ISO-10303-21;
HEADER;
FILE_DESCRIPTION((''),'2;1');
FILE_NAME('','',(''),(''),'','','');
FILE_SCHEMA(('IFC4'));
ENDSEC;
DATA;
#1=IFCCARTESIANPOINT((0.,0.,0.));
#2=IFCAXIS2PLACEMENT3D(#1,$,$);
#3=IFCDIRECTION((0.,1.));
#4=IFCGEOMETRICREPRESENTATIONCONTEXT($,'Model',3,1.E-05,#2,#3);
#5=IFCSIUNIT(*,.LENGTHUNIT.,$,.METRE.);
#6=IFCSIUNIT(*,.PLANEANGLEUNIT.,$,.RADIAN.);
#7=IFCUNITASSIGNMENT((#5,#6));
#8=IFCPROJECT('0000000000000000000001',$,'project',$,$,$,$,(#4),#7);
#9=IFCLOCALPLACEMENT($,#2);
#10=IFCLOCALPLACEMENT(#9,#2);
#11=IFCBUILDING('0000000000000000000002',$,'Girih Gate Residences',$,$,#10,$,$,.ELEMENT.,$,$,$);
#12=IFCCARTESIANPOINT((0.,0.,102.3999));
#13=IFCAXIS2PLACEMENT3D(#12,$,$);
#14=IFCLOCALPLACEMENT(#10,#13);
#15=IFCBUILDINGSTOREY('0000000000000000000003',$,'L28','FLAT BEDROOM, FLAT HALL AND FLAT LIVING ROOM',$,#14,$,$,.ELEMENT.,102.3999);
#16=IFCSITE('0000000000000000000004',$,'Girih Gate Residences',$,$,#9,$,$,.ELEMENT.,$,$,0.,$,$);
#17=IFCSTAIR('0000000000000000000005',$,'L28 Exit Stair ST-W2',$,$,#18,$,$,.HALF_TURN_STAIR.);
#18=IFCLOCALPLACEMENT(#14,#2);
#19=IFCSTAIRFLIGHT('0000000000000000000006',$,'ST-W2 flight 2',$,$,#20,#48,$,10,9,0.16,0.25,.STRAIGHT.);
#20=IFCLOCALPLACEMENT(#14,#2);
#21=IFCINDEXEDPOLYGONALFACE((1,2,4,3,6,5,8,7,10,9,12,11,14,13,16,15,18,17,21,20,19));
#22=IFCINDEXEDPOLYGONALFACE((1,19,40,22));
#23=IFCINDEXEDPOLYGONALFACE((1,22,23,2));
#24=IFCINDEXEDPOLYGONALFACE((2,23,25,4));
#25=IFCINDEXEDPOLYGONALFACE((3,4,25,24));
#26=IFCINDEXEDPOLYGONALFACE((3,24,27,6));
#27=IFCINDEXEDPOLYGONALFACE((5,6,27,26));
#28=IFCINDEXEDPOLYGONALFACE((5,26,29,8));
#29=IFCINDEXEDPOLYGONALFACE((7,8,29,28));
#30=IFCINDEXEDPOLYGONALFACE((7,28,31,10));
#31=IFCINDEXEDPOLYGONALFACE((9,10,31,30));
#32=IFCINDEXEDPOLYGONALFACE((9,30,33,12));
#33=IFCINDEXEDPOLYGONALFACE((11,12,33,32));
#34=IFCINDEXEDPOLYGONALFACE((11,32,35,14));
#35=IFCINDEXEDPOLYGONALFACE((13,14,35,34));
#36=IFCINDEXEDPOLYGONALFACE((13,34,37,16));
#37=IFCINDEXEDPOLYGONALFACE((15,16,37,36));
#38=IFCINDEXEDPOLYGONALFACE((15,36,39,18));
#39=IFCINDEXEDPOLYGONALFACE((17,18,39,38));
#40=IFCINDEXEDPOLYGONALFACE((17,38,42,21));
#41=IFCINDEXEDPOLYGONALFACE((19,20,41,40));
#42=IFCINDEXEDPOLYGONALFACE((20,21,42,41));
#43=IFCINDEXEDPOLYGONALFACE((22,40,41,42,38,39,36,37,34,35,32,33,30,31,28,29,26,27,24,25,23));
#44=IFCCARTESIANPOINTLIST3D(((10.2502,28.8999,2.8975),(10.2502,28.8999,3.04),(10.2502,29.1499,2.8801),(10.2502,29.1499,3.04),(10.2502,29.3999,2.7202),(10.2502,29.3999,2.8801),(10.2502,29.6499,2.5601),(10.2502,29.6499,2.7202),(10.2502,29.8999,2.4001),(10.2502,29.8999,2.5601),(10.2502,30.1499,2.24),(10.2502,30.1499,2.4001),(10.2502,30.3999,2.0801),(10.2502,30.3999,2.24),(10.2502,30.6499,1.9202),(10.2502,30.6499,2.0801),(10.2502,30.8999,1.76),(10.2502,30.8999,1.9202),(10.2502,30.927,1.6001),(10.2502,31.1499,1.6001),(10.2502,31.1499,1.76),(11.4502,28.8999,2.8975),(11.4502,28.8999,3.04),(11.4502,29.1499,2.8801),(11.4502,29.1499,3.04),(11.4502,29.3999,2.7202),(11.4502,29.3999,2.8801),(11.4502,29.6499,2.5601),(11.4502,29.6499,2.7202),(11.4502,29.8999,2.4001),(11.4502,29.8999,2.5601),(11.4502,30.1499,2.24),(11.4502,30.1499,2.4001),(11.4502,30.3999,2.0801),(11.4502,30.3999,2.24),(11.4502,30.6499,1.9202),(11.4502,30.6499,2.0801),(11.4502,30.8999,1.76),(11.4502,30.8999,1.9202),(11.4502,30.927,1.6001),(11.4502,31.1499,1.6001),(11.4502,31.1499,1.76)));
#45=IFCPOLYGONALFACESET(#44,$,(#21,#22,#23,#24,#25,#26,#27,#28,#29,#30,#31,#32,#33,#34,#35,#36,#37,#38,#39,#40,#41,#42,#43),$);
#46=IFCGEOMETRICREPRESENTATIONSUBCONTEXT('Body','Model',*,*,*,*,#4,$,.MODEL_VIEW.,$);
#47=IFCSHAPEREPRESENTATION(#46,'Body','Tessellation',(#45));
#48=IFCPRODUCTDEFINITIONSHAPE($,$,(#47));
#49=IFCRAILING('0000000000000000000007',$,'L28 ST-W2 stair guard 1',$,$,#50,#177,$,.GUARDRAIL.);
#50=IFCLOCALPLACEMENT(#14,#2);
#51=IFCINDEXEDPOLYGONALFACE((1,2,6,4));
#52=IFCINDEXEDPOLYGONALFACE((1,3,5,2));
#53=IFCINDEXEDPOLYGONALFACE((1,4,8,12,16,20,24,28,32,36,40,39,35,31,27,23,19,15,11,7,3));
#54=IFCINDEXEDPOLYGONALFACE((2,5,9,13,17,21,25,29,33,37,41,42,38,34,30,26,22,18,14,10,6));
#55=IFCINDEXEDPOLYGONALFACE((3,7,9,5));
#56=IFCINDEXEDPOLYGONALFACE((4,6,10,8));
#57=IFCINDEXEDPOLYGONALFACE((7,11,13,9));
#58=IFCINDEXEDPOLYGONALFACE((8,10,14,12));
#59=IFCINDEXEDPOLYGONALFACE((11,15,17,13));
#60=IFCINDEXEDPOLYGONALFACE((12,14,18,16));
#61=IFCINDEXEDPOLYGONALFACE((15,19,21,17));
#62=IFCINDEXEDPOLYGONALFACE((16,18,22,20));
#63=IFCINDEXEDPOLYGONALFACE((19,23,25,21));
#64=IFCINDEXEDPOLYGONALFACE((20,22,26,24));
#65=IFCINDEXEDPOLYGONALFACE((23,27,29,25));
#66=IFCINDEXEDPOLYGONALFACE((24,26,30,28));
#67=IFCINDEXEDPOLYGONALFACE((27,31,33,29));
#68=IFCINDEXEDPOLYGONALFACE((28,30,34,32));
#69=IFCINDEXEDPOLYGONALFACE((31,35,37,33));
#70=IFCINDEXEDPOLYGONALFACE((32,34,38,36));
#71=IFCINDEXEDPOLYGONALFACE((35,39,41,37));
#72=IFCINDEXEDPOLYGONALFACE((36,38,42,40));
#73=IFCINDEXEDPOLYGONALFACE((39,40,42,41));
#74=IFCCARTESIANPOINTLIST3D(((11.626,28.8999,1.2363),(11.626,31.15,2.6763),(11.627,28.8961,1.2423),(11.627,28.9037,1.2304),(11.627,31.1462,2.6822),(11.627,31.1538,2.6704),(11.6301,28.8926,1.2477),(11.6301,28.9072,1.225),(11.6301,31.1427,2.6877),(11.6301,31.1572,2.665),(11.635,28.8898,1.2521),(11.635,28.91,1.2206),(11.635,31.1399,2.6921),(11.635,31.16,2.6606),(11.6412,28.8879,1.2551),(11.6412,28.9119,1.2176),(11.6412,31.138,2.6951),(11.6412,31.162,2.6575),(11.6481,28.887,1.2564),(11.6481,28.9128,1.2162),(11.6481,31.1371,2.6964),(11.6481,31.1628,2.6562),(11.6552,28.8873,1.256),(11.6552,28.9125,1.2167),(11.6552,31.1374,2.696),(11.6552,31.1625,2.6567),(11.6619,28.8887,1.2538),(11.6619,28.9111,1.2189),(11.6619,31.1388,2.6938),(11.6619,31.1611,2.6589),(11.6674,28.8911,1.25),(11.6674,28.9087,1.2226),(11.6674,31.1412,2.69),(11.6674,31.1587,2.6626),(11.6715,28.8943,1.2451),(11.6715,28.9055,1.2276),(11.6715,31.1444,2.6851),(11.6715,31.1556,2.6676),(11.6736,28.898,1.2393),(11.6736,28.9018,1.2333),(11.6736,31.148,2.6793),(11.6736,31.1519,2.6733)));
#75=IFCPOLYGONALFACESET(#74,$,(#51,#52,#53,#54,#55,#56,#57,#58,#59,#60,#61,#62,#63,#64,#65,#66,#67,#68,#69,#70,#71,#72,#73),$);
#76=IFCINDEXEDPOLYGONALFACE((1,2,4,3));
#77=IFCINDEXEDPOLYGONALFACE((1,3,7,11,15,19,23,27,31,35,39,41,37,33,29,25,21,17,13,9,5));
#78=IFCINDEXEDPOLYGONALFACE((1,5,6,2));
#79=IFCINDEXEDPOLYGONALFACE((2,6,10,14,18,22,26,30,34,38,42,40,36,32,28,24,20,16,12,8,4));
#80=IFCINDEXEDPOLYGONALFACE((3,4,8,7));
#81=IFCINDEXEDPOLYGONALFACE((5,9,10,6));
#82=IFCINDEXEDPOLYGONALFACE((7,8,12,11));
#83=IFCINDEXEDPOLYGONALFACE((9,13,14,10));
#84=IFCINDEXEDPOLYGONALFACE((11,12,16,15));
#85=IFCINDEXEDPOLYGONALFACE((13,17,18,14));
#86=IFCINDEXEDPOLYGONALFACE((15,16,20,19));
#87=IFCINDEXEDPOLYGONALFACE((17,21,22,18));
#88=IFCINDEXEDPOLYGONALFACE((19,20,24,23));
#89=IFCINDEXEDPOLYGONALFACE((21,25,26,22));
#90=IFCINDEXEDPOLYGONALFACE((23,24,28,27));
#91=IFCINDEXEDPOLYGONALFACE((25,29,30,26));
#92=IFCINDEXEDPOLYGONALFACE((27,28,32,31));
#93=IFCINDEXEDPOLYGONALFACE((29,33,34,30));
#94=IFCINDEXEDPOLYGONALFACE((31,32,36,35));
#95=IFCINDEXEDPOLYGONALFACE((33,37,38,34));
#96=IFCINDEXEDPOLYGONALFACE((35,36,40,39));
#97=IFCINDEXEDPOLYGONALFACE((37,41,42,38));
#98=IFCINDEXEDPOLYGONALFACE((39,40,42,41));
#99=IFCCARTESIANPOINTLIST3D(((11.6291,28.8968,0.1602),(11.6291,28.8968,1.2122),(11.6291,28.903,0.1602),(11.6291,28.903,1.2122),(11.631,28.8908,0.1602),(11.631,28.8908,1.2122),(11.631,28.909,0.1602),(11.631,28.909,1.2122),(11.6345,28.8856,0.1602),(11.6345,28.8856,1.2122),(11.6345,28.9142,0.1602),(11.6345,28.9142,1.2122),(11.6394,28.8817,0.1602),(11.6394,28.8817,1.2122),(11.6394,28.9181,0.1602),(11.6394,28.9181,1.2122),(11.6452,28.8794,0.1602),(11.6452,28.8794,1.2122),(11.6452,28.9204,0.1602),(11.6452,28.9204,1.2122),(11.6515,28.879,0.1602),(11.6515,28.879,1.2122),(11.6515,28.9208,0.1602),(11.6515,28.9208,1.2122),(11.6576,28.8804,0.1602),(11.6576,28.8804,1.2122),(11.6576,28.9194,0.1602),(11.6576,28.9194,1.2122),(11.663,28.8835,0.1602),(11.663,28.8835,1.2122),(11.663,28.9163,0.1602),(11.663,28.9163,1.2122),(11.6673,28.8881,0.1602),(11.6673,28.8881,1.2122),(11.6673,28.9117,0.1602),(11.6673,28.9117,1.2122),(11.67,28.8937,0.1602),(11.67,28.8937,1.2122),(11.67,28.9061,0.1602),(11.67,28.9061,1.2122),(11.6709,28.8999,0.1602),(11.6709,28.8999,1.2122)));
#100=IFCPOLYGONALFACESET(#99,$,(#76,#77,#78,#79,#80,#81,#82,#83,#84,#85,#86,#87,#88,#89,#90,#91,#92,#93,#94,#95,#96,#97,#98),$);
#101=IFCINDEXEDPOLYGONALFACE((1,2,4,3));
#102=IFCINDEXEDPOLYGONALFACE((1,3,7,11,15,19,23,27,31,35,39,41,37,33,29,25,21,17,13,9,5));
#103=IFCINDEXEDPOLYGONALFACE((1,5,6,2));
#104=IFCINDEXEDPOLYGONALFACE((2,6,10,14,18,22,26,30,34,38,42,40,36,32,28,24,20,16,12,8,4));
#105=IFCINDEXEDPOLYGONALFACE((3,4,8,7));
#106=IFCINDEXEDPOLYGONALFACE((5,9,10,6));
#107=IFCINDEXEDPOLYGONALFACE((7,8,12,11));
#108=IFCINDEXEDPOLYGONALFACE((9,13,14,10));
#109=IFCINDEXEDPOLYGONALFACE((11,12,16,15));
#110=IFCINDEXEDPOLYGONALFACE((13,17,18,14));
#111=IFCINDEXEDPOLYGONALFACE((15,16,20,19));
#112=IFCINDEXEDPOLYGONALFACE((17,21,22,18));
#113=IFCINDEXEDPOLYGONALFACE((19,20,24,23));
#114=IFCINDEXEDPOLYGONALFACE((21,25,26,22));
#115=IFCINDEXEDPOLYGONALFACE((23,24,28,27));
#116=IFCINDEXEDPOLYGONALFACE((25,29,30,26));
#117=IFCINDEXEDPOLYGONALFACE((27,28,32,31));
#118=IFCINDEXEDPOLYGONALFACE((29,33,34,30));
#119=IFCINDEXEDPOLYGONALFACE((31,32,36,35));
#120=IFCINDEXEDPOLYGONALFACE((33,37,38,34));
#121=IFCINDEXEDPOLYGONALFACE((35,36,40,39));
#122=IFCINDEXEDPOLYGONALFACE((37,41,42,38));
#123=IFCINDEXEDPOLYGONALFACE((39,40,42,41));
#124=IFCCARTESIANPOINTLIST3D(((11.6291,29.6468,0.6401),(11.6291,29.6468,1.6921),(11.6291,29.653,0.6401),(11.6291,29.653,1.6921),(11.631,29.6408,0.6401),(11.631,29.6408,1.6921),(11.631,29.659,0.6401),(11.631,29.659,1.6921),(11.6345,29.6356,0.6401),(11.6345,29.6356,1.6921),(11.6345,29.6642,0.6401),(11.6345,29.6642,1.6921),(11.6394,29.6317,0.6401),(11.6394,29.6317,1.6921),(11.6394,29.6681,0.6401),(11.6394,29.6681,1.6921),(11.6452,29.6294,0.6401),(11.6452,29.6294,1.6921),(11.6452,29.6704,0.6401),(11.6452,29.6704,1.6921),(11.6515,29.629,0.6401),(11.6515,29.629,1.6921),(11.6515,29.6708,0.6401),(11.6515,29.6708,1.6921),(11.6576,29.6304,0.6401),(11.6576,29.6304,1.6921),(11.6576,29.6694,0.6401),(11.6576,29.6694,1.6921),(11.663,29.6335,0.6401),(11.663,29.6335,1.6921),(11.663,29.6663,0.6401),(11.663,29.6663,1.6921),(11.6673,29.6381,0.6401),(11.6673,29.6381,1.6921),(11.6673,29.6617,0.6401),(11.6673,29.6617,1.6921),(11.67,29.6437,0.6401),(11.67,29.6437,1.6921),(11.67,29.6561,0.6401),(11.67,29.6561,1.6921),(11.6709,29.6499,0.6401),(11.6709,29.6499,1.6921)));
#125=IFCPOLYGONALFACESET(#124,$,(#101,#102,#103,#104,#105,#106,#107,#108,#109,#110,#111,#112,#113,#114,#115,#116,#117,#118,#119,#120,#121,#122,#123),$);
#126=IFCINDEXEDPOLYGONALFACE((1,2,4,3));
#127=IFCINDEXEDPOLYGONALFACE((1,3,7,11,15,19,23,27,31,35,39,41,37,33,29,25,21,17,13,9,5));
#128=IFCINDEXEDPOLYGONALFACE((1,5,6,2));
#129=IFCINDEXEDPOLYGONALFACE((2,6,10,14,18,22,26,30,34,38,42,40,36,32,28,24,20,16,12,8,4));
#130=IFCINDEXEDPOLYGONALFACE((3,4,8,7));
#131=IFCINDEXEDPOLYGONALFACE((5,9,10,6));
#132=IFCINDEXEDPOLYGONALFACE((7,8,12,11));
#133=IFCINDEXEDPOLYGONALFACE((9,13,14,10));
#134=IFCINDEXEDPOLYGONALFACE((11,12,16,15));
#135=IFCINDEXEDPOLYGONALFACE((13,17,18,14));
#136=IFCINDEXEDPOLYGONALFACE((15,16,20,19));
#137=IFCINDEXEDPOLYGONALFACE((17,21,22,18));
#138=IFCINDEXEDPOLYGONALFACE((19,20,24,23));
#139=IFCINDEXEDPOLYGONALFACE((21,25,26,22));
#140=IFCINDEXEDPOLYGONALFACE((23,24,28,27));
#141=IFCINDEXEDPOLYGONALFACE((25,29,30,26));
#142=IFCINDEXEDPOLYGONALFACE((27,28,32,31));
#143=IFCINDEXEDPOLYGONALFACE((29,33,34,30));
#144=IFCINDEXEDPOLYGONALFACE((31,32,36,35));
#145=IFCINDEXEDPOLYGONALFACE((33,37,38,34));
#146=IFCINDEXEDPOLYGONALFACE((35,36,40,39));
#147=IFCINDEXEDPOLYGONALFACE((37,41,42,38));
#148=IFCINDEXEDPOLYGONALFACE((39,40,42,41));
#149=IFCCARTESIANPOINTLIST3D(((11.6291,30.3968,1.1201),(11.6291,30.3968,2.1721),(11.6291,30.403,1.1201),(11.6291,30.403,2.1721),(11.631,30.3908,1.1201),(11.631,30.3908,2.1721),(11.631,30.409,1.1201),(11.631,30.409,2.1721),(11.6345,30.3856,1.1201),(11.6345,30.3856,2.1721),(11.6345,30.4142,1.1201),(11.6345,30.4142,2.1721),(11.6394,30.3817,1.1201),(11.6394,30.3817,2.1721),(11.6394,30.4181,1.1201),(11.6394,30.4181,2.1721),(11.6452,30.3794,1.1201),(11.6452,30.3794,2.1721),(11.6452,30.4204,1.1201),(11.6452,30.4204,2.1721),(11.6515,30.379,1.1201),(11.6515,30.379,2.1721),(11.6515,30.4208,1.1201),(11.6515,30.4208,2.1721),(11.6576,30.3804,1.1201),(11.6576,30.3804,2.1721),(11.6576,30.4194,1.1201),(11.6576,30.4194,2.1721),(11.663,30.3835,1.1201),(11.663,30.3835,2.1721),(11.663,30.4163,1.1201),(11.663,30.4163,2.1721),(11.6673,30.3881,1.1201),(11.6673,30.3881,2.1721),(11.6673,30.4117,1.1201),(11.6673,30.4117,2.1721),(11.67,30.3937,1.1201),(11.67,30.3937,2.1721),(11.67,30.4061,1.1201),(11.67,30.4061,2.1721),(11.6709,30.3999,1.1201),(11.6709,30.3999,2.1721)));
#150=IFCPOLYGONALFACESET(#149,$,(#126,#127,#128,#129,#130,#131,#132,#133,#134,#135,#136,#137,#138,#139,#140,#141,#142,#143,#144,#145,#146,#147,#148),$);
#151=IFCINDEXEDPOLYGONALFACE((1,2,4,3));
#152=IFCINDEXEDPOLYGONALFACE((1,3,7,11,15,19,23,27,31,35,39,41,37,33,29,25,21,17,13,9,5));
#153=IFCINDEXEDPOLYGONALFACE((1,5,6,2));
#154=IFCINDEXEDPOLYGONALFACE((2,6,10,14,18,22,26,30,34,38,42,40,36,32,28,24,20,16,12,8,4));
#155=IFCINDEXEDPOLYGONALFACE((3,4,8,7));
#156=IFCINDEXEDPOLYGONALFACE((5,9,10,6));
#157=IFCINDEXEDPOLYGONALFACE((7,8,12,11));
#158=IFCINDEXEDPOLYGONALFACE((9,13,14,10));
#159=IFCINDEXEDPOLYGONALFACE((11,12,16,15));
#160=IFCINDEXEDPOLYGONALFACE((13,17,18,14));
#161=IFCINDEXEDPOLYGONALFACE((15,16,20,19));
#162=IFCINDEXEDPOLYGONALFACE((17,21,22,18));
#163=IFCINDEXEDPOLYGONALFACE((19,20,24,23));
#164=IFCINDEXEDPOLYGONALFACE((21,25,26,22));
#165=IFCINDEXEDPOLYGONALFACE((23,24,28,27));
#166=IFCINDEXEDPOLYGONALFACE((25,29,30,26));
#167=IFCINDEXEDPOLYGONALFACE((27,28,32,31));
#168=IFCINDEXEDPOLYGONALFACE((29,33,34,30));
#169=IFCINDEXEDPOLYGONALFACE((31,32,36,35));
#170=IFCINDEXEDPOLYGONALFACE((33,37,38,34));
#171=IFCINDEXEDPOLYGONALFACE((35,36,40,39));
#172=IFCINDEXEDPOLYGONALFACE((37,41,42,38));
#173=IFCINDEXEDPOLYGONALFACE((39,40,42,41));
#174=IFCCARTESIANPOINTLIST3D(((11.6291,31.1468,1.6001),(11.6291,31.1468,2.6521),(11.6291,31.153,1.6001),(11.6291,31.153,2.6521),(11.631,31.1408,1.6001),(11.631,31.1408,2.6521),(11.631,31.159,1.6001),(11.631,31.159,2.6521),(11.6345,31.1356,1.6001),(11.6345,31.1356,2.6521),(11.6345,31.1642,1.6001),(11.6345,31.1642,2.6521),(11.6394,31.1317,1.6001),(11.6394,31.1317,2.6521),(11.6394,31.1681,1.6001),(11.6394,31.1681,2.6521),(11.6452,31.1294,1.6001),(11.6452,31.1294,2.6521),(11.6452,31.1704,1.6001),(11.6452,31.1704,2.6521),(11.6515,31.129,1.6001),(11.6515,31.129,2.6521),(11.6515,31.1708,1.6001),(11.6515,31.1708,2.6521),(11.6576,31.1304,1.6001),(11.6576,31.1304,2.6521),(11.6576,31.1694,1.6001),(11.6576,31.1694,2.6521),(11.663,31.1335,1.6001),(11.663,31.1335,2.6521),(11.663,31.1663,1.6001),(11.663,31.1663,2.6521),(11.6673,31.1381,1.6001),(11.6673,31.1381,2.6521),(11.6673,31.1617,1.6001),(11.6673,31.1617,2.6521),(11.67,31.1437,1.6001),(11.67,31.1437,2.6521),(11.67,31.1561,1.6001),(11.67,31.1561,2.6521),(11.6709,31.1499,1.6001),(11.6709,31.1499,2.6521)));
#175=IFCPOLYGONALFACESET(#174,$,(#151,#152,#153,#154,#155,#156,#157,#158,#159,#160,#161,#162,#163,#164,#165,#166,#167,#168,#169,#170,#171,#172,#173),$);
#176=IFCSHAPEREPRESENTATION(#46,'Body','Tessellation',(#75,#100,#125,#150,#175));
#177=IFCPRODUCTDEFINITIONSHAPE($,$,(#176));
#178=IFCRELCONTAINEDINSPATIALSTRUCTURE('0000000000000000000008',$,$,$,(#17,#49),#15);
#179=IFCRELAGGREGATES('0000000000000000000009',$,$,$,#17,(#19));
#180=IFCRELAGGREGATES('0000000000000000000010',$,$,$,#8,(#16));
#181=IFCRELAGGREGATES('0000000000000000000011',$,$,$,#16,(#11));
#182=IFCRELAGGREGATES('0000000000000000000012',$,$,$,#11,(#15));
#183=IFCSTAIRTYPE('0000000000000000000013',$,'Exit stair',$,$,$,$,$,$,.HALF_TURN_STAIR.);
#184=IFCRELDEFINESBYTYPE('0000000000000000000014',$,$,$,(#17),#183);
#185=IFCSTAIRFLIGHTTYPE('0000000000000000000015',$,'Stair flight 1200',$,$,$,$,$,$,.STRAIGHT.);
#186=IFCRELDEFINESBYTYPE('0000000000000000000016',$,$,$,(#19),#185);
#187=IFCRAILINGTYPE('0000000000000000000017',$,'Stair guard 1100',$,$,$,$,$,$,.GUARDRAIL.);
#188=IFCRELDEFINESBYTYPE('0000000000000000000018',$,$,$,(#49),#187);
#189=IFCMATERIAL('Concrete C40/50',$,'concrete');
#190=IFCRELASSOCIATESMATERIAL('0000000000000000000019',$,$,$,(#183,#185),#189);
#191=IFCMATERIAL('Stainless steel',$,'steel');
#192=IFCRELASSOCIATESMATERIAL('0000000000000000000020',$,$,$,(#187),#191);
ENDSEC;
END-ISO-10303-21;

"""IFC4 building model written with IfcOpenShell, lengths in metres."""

from ifc_helpers import new_model, si_unit, direction, frame, origin, origin_2d, place, context, subcontext, project, spatial, polyline, circle, outline, extrude, material, type_object, element, aggregate, save


model = new_model("IFC4")

# Units and contexts
model_context = context("Model", 3, precision=1e-05, world=origin(), true_north=direction((0.0, 1.0)))
body_context = subcontext(model_context, "Body", "Model", "MODEL_VIEW")
ifc_project = project(units=[si_unit("LENGTHUNIT", "METRE"), si_unit("PLANEANGLEUNIT", "RADIAN")], contexts=[model_context])

# Site, building, storey
site_placement = place(None, origin())
site = spatial("IfcSite", under=ifc_project, at=site_placement, Name="Girih Gate Residences", CompositionType="ELEMENT", RefElevation=0.0)
building_placement = place(site_placement, origin())
building = spatial("IfcBuilding", under=site, at=building_placement, Name="Girih Gate Residences", CompositionType="ELEMENT")
storey_placement = place(building_placement, frame((0.0, 0.0, 102.3999)))
storey = spatial("IfcBuildingStorey", under=building, at=storey_placement, Name="L28", Description="FLAT BEDROOM, FLAT HALL AND FLAT LIVING ROOM", CompositionType="ELEMENT", Elevation=102.3999)

# Shared definitions
ifc_material_1 = material(Name="Concrete C40/50", Category="concrete")

# Stair, stair flight
stair_type = type_object("IfcStairType", Name="Exit stair", PredefinedType="HALF_TURN_STAIR", material=ifc_material_1)
stair_placement = place(storey_placement, origin())
stair = element("IfcStair", 1, at=stair_placement, inside=storey, type_object=stair_type, Name="L28 Exit Stair ST-W2", PredefinedType="HALF_TURN_STAIR")
stair_flight_type = type_object("IfcStairFlightType", Name="Stair flight 1200", PredefinedType="STRAIGHT", material=ifc_material_1)
stair_flight_1_placement = place(storey_placement, frame((10.8501, 31.1499, 1.6001), z_axis=(0.0, 0.0, 1.0), x_axis=(0.0, -1.0, 0.0)))
stair_flight_1 = element("IfcStairFlight", 2, at=stair_flight_1_placement, type_object=stair_flight_type, Name="ST-W2 flight 2", NumberOfRisers=10, NumberOfTreads=9, PredefinedType="STRAIGHT", RiserHeight=0.16, TreadLength=0.25, context=body_context, shape_type="SweptSolid", body=[
    extrude(outline(polyline([(0.0, 0.0), (0.0, 0.1599), (0.25, 0.1599), (0.25, 0.3201), (0.5, 0.3201), (0.5, 0.48), (0.75, 0.48), (0.75, 0.6399), (1.0, 0.6399), (1.0, 0.8), (1.25, 0.8), (1.25, 0.96), (1.5, 0.96), (1.5, 1.1201), (1.75, 1.1201), (1.75, 1.28), (2.0, 1.28), (2.0, 1.4399), (2.25, 1.4399), (2.25, 1.6001), (2.25, 1.2974), (0.2229, 0.0), (0.0, 0.0)])), frame((0.0, 0.6001, 0.0), z_axis=(0.0, -1.0, 0.0), x_axis=(1.0, 0.0, 0.0)), (0.0, 0.0, 1.0), 1.2),
])
aggregate(stair, [stair_flight_1])

# Railing
ifc_material_2 = material(Name="Stainless steel", Category="steel")
railing_type_1 = type_object("IfcRailingType", Name="Stair guard 1100", PredefinedType="GUARDRAIL", material=ifc_material_2)
railing_1_placement = place(storey_placement, frame((11.6499, 28.8999, 0.1602)))
element("IfcRailing", 3, at=railing_1_placement, inside=storey, type_object=railing_type_1, Name="L28 ST-W2 stair guard 1", PredefinedType="GUARDRAIL", context=body_context, shape_type="SweptSolid", body=[
    extrude(circle(Radius=0.0239, at=origin_2d()), frame((0.0, 0.0, 1.0762), z_axis=(0.0, 0.842281, 0.539038), x_axis=(-1.0, 0.0, 0.0)), (0.0, 0.0, 1.0), 2.6714),
    extrude(circle(Radius=0.021, at=origin_2d()), origin(), (0.0, 0.0, 1.0), 1.052),
    extrude(circle(Radius=0.021, at=origin_2d()), frame((0.0, 0.75, 0.48)), (0.0, 0.0, 1.0), 1.052),
    extrude(circle(Radius=0.021, at=origin_2d()), frame((0.0, 1.5, 0.96)), (0.0, 0.0, 1.0), 1.052),
    extrude(circle(Radius=0.021, at=origin_2d()), frame((0.0, 2.25, 1.4399)), (0.0, 0.0, 1.0), 1.052),
])

save(model, "model.ifc")
